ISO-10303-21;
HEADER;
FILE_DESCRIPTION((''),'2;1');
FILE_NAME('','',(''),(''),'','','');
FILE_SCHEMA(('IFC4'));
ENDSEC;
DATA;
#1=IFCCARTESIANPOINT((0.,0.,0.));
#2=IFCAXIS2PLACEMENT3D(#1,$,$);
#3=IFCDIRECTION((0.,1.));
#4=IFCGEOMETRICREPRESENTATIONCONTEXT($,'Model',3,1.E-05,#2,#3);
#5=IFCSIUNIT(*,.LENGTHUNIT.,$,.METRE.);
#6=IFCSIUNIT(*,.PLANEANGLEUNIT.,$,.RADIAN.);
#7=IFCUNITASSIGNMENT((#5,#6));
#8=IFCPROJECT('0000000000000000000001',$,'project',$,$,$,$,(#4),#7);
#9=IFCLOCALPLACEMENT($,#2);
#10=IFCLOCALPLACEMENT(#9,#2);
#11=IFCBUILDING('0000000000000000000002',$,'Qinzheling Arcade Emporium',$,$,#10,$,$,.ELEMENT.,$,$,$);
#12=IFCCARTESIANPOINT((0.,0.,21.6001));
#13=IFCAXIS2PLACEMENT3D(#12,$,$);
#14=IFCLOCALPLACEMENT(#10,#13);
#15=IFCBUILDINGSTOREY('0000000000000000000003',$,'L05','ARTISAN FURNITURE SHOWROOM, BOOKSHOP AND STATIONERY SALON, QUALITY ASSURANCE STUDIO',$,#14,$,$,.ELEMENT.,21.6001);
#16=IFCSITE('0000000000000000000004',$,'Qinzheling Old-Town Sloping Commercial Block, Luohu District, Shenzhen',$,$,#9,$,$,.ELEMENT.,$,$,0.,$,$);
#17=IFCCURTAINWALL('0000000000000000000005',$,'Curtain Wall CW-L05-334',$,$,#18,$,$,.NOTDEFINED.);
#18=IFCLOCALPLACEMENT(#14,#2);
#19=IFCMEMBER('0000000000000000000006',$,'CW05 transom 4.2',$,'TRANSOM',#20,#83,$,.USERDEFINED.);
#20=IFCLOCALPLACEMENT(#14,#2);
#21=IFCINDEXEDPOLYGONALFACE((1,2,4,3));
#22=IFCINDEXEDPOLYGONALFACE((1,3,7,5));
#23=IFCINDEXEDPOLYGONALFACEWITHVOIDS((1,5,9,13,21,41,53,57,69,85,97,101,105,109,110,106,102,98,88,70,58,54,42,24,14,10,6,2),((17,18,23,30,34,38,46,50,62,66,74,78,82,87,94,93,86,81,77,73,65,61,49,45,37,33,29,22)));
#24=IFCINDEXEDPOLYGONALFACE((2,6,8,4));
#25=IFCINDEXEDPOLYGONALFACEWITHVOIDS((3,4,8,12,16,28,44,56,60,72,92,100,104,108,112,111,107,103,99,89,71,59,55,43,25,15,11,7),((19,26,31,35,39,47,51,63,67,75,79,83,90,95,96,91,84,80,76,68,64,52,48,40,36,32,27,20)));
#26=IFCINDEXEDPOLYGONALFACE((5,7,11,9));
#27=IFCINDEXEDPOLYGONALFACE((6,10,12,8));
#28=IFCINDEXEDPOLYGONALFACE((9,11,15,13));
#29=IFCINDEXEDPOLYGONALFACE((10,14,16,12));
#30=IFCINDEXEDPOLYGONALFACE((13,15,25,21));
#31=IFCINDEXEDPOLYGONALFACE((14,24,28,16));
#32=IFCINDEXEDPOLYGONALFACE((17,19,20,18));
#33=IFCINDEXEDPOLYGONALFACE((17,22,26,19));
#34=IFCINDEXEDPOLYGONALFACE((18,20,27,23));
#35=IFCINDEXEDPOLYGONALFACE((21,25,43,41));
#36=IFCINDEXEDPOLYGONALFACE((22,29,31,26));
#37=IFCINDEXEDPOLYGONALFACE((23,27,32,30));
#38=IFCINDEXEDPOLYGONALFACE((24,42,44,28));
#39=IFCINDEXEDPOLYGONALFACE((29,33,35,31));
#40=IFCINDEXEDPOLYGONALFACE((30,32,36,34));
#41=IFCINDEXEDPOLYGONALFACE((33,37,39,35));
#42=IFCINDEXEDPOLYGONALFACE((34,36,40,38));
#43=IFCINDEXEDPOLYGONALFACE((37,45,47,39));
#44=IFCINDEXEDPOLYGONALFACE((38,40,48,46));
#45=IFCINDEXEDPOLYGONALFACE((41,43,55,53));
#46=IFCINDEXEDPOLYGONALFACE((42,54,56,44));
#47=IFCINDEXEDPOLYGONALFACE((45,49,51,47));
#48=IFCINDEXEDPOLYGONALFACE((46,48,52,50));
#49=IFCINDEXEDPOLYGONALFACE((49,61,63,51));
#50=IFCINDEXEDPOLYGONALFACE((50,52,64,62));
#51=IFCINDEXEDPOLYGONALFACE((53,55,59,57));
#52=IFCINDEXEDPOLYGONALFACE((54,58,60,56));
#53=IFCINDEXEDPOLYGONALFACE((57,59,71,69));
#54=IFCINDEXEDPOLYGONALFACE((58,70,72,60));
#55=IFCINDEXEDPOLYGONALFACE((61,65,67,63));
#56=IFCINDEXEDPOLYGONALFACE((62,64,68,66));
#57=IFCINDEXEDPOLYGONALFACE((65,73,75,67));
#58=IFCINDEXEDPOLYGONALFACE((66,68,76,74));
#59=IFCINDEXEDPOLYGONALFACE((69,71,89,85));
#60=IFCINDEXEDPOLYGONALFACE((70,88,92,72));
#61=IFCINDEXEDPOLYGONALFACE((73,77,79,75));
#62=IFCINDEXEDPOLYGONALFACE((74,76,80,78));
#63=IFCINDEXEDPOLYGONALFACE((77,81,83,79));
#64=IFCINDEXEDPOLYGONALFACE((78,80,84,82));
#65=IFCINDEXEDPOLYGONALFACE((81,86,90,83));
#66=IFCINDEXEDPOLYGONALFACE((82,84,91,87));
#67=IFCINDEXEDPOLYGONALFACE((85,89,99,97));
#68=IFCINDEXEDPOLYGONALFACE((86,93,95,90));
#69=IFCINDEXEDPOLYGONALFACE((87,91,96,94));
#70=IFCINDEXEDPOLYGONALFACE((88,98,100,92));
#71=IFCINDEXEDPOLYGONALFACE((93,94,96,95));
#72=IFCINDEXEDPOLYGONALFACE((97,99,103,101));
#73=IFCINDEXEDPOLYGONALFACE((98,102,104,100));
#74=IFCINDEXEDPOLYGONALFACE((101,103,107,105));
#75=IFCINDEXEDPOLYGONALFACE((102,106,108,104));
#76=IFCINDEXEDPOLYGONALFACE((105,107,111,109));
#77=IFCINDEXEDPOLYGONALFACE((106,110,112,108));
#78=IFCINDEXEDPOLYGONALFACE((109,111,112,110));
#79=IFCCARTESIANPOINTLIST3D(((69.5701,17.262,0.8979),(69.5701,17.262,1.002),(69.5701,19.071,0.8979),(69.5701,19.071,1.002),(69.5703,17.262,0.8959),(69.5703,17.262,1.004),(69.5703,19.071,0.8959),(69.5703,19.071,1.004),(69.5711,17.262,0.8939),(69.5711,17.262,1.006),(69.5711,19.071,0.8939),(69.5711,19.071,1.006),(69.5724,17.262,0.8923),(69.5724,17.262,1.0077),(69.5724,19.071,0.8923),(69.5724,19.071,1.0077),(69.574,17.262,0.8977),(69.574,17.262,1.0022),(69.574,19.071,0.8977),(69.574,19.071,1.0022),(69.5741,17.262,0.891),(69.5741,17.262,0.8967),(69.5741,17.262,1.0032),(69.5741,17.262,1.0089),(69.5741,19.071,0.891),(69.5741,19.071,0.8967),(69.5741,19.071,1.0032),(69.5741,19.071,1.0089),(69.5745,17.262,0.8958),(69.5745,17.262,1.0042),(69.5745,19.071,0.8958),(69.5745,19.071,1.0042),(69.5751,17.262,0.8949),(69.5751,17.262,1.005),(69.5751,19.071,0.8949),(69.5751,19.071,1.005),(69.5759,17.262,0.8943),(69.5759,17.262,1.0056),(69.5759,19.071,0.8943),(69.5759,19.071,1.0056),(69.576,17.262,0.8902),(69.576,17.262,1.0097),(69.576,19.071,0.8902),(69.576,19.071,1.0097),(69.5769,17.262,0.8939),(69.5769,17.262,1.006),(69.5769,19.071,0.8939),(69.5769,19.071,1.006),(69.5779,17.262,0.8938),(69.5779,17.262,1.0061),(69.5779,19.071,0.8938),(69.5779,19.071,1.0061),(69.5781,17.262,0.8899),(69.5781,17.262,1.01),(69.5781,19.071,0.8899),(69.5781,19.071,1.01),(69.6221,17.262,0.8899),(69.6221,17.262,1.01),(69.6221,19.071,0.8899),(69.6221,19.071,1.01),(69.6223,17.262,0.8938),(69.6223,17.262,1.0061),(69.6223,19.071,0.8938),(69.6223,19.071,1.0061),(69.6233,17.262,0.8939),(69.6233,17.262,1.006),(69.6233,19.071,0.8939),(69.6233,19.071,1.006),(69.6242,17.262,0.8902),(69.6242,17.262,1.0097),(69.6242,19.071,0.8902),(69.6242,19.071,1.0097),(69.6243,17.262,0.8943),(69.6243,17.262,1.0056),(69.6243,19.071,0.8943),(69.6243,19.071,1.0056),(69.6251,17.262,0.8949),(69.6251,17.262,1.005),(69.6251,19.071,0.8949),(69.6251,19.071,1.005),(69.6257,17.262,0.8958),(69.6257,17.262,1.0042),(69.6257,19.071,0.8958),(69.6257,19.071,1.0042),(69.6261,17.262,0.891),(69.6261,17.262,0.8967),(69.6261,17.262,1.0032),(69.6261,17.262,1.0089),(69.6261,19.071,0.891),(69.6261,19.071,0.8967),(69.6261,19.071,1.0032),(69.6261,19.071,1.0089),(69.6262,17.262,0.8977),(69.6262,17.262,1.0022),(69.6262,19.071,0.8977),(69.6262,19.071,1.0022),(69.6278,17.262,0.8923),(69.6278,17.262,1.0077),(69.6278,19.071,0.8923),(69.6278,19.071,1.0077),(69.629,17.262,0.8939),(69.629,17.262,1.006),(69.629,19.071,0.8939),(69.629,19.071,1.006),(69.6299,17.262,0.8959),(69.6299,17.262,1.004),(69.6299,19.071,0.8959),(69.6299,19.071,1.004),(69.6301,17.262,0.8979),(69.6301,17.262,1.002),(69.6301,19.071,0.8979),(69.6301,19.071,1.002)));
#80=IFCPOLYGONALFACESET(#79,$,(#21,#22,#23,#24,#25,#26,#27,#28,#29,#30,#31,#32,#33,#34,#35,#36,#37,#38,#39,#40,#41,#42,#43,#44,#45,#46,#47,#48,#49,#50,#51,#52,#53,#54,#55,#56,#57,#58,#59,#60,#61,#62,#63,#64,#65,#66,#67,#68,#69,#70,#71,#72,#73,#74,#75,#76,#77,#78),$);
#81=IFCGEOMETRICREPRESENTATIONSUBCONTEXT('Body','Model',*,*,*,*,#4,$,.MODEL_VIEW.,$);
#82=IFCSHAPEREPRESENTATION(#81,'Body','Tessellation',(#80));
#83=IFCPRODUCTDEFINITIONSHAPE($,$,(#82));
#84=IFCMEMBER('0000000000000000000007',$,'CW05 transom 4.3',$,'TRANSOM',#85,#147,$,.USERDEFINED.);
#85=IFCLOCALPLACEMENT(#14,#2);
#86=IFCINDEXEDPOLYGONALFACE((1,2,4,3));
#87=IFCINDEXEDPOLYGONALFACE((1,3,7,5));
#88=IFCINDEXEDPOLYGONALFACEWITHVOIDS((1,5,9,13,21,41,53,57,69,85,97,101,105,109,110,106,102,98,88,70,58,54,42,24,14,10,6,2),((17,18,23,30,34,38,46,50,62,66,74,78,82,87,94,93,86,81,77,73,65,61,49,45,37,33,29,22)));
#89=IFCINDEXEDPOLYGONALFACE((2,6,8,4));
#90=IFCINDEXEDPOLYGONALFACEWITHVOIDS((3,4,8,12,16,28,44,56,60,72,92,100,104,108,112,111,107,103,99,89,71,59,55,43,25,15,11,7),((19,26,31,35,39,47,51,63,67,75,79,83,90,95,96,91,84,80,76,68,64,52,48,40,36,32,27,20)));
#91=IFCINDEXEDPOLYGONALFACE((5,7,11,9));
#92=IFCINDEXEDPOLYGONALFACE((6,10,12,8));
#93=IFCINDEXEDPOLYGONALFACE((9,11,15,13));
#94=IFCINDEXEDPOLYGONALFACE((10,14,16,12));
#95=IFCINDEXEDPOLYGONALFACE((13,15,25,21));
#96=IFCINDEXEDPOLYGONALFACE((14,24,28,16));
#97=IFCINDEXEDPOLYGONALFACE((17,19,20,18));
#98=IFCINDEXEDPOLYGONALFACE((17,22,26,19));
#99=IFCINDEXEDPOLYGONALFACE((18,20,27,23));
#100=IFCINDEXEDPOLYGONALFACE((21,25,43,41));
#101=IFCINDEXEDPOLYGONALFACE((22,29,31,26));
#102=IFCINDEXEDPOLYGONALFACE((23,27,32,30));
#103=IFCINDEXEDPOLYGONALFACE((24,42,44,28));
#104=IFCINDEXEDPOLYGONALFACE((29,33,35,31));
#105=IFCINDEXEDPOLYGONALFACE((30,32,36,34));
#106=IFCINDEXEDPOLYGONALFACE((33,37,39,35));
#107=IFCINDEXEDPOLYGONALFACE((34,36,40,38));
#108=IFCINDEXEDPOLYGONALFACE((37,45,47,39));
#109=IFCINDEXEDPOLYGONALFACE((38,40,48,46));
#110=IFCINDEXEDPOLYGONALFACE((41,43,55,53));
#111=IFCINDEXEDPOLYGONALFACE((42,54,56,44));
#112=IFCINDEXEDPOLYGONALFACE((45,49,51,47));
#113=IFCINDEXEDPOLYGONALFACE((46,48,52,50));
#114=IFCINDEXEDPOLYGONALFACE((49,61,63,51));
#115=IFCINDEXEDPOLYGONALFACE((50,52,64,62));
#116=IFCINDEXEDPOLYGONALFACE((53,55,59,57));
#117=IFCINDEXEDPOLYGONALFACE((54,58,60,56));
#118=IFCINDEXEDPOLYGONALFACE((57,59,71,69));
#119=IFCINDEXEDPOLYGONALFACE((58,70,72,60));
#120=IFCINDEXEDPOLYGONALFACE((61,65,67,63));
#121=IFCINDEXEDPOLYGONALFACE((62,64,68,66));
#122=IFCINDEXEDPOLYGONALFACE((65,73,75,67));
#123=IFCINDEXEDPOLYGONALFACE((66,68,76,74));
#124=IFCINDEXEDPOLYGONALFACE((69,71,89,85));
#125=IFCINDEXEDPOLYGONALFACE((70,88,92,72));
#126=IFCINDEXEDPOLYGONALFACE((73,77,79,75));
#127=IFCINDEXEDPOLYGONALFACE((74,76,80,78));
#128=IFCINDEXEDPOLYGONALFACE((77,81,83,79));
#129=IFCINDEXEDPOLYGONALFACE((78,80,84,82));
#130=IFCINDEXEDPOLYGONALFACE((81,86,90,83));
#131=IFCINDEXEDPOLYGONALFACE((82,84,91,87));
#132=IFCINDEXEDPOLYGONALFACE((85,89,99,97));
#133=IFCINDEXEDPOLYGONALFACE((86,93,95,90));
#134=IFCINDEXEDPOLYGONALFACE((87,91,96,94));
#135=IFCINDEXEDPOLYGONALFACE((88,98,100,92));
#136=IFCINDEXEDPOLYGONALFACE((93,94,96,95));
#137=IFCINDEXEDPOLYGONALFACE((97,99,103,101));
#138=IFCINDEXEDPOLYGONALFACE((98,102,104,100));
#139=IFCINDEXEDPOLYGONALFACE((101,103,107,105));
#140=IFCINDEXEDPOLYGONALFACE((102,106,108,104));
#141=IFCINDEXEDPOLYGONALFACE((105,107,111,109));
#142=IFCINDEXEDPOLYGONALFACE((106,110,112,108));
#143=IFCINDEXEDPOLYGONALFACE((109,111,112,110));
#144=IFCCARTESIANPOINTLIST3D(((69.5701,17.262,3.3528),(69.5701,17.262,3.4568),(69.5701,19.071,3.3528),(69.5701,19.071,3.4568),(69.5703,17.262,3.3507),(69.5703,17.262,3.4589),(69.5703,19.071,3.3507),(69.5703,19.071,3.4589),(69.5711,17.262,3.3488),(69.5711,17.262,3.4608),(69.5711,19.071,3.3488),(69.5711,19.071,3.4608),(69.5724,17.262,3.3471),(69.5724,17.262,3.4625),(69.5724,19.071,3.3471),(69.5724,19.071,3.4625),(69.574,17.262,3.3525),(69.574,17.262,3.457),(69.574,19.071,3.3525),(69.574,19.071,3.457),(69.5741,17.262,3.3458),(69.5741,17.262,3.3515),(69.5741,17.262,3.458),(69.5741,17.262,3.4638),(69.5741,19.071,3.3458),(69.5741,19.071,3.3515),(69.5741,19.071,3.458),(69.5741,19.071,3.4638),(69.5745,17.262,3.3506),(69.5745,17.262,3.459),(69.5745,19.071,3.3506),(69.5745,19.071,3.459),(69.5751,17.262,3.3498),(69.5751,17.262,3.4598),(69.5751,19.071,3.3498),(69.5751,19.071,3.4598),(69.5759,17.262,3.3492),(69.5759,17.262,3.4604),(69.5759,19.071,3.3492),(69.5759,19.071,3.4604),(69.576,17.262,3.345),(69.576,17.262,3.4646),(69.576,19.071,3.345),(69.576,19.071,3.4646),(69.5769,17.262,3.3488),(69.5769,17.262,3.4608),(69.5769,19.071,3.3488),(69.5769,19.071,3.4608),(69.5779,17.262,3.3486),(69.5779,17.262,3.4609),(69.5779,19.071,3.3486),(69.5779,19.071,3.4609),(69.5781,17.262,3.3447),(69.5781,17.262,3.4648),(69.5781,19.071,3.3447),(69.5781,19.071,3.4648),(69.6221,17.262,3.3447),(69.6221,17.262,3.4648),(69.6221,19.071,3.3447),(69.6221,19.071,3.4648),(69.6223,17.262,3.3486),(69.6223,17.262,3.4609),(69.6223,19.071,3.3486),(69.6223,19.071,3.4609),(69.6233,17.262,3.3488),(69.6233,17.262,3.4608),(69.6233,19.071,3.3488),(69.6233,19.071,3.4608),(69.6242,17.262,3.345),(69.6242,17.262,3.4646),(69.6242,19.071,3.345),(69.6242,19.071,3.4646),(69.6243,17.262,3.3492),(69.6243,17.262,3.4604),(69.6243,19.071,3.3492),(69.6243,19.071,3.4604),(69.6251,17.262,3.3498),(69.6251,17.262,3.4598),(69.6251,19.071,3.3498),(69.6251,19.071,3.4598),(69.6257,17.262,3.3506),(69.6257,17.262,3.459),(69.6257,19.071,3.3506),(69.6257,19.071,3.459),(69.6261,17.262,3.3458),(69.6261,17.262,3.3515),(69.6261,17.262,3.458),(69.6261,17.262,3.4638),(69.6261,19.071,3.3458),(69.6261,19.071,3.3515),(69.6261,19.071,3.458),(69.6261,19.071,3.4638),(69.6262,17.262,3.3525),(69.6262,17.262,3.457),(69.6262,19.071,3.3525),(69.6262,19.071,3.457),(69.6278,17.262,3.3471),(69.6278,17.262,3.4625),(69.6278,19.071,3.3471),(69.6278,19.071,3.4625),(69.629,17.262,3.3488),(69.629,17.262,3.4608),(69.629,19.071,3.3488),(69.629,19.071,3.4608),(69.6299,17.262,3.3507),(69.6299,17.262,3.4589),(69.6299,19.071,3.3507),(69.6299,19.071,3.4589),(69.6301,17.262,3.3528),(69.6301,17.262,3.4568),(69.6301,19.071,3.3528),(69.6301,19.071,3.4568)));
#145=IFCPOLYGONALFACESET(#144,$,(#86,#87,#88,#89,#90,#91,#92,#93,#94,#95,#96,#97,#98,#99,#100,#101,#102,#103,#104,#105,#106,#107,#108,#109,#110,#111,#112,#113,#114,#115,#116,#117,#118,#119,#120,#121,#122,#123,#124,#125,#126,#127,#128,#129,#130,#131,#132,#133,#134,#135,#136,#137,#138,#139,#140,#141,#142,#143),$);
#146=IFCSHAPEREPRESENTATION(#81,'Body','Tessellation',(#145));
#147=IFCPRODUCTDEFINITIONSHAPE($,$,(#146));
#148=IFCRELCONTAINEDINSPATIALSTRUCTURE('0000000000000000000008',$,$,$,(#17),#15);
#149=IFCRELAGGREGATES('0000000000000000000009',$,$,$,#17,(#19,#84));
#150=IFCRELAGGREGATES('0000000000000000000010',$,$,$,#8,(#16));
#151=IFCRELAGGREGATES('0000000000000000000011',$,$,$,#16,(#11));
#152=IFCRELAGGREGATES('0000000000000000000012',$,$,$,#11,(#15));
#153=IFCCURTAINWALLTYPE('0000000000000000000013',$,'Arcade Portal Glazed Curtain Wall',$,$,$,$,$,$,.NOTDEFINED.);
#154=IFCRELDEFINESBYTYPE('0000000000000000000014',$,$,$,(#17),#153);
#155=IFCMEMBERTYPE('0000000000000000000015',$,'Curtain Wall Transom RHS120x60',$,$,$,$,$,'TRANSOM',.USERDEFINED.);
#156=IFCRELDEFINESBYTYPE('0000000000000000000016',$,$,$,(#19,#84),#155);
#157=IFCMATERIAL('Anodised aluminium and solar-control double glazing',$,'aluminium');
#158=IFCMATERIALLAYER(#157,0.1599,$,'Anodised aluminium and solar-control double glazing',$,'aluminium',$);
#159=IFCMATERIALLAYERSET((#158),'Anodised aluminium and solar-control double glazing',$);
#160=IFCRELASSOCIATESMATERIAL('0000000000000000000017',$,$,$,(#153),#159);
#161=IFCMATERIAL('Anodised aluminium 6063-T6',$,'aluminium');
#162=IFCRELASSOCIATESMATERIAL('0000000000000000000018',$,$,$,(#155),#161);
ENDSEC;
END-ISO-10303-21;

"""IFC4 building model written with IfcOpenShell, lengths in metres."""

from ifc_helpers import new_model, si_unit, direction, frame, origin, origin_2d, place, context, subcontext, project, spatial, hollow_rectangle, extrude, material, layer, layer_set, material_profile, profile_set, type_object, element, aggregate, save


model = new_model("IFC4")

# Units and contexts
model_context = context("Model", 3, precision=1e-05, world=origin(), true_north=direction((0.0, 1.0)))
body_context = subcontext(model_context, "Body", "Model", "MODEL_VIEW")
ifc_project = project(units=[si_unit("LENGTHUNIT", "METRE"), si_unit("PLANEANGLEUNIT", "RADIAN")], contexts=[model_context])

# Site, building, storey
site_placement = place(None, origin())
site = spatial("IfcSite", under=ifc_project, at=site_placement, Name="Qinzheling Old-Town Sloping Commercial Block, Luohu District, Shenzhen", CompositionType="ELEMENT", RefElevation=0.0)
building_placement = place(site_placement, origin())
building = spatial("IfcBuilding", under=site, at=building_placement, Name="Qinzheling Arcade Emporium", CompositionType="ELEMENT")
storey_placement = place(building_placement, frame((0.0, 0.0, 21.6001)))
storey = spatial("IfcBuildingStorey", under=building, at=storey_placement, Name="L05", Description="ARTISAN FURNITURE SHOWROOM, BOOKSHOP AND STATIONERY SALON, QUALITY ASSURANCE STUDIO", CompositionType="ELEMENT", Elevation=21.6001)

# Curtain wall, members
ifc_material_1 = material(Name="Anodised aluminium and solar-control double glazing", Category="aluminium")
ifc_layer_1 = layer(ifc_material_1, 0.1599, Name="Anodised aluminium and solar-control double glazing", Category="aluminium")
ifc_layer_set_1 = layer_set([ifc_layer_1], Name="Anodised aluminium and solar-control double glazing")
curtain_wall_type = type_object("IfcCurtainWallType", Name="Arcade Portal Glazed Curtain Wall", PredefinedType="NOTDEFINED", material=ifc_layer_set_1)
curtain_wall_placement = place(storey_placement, origin())
curtain_wall = element("IfcCurtainWall", 1, at=curtain_wall_placement, inside=storey, type_object=curtain_wall_type, Name="Curtain Wall CW-L05-334", PredefinedType="NOTDEFINED")
ifc_material_2 = material(Name="Anodised aluminium 6063-T6", Category="aluminium")
ifc_material_profile_1 = material_profile(ifc_material_2, hollow_rectangle(XDim=0.0601, YDim=0.1201, WallThickness=0.0039, InnerFilletRadius=0.0039, OuterFilletRadius=0.0081, at=origin_2d()), Name="RHS 120x60x4", Category="aluminium")
ifc_profile_set_1 = profile_set([ifc_material_profile_1], Name="Anodised aluminium 6063-T6")
member_type_1 = type_object("IfcMemberType", Name="Curtain Wall Transom RHS120x60", ElementType="TRANSOM", PredefinedType="USERDEFINED", material=ifc_profile_set_1)
member_1_placement = place(storey_placement, frame((69.6001, 19.071, 0.95), z_axis=(0.0, -1.0, 0.0), x_axis=(1.0, 0.0, 0.0)))
member_1 = element("IfcMember", 2, at=member_1_placement, type_object=member_type_1, Name="CW05 transom 4.2", ObjectType="TRANSOM", PredefinedType="USERDEFINED", context=body_context, shape_type="SweptSolid", body=[
    extrude(hollow_rectangle(XDim=0.0601, YDim=0.1201, WallThickness=0.0039, InnerFilletRadius=0.0039, OuterFilletRadius=0.0081, at=origin_2d()), origin(), (0.0, 0.0, 1.0), 1.8091),
])
member_2_placement = place(storey_placement, frame((69.6001, 19.071, 3.4048), z_axis=(0.0, -1.0, 0.0), x_axis=(1.0, 0.0, 0.0)))
member_2 = element("IfcMember", 3, at=member_2_placement, type_object=member_type_1, Name="CW05 transom 4.3", ObjectType="TRANSOM", PredefinedType="USERDEFINED", context=body_context, shape_type="SweptSolid", body=[
    extrude(hollow_rectangle(XDim=0.0601, YDim=0.1201, WallThickness=0.0039, InnerFilletRadius=0.0039, OuterFilletRadius=0.0081, at=origin_2d()), origin(), (0.0, 0.0, 1.0), 1.8091),
])
aggregate(curtain_wall, [member_1, member_2])

save(model, "model.ifc")
